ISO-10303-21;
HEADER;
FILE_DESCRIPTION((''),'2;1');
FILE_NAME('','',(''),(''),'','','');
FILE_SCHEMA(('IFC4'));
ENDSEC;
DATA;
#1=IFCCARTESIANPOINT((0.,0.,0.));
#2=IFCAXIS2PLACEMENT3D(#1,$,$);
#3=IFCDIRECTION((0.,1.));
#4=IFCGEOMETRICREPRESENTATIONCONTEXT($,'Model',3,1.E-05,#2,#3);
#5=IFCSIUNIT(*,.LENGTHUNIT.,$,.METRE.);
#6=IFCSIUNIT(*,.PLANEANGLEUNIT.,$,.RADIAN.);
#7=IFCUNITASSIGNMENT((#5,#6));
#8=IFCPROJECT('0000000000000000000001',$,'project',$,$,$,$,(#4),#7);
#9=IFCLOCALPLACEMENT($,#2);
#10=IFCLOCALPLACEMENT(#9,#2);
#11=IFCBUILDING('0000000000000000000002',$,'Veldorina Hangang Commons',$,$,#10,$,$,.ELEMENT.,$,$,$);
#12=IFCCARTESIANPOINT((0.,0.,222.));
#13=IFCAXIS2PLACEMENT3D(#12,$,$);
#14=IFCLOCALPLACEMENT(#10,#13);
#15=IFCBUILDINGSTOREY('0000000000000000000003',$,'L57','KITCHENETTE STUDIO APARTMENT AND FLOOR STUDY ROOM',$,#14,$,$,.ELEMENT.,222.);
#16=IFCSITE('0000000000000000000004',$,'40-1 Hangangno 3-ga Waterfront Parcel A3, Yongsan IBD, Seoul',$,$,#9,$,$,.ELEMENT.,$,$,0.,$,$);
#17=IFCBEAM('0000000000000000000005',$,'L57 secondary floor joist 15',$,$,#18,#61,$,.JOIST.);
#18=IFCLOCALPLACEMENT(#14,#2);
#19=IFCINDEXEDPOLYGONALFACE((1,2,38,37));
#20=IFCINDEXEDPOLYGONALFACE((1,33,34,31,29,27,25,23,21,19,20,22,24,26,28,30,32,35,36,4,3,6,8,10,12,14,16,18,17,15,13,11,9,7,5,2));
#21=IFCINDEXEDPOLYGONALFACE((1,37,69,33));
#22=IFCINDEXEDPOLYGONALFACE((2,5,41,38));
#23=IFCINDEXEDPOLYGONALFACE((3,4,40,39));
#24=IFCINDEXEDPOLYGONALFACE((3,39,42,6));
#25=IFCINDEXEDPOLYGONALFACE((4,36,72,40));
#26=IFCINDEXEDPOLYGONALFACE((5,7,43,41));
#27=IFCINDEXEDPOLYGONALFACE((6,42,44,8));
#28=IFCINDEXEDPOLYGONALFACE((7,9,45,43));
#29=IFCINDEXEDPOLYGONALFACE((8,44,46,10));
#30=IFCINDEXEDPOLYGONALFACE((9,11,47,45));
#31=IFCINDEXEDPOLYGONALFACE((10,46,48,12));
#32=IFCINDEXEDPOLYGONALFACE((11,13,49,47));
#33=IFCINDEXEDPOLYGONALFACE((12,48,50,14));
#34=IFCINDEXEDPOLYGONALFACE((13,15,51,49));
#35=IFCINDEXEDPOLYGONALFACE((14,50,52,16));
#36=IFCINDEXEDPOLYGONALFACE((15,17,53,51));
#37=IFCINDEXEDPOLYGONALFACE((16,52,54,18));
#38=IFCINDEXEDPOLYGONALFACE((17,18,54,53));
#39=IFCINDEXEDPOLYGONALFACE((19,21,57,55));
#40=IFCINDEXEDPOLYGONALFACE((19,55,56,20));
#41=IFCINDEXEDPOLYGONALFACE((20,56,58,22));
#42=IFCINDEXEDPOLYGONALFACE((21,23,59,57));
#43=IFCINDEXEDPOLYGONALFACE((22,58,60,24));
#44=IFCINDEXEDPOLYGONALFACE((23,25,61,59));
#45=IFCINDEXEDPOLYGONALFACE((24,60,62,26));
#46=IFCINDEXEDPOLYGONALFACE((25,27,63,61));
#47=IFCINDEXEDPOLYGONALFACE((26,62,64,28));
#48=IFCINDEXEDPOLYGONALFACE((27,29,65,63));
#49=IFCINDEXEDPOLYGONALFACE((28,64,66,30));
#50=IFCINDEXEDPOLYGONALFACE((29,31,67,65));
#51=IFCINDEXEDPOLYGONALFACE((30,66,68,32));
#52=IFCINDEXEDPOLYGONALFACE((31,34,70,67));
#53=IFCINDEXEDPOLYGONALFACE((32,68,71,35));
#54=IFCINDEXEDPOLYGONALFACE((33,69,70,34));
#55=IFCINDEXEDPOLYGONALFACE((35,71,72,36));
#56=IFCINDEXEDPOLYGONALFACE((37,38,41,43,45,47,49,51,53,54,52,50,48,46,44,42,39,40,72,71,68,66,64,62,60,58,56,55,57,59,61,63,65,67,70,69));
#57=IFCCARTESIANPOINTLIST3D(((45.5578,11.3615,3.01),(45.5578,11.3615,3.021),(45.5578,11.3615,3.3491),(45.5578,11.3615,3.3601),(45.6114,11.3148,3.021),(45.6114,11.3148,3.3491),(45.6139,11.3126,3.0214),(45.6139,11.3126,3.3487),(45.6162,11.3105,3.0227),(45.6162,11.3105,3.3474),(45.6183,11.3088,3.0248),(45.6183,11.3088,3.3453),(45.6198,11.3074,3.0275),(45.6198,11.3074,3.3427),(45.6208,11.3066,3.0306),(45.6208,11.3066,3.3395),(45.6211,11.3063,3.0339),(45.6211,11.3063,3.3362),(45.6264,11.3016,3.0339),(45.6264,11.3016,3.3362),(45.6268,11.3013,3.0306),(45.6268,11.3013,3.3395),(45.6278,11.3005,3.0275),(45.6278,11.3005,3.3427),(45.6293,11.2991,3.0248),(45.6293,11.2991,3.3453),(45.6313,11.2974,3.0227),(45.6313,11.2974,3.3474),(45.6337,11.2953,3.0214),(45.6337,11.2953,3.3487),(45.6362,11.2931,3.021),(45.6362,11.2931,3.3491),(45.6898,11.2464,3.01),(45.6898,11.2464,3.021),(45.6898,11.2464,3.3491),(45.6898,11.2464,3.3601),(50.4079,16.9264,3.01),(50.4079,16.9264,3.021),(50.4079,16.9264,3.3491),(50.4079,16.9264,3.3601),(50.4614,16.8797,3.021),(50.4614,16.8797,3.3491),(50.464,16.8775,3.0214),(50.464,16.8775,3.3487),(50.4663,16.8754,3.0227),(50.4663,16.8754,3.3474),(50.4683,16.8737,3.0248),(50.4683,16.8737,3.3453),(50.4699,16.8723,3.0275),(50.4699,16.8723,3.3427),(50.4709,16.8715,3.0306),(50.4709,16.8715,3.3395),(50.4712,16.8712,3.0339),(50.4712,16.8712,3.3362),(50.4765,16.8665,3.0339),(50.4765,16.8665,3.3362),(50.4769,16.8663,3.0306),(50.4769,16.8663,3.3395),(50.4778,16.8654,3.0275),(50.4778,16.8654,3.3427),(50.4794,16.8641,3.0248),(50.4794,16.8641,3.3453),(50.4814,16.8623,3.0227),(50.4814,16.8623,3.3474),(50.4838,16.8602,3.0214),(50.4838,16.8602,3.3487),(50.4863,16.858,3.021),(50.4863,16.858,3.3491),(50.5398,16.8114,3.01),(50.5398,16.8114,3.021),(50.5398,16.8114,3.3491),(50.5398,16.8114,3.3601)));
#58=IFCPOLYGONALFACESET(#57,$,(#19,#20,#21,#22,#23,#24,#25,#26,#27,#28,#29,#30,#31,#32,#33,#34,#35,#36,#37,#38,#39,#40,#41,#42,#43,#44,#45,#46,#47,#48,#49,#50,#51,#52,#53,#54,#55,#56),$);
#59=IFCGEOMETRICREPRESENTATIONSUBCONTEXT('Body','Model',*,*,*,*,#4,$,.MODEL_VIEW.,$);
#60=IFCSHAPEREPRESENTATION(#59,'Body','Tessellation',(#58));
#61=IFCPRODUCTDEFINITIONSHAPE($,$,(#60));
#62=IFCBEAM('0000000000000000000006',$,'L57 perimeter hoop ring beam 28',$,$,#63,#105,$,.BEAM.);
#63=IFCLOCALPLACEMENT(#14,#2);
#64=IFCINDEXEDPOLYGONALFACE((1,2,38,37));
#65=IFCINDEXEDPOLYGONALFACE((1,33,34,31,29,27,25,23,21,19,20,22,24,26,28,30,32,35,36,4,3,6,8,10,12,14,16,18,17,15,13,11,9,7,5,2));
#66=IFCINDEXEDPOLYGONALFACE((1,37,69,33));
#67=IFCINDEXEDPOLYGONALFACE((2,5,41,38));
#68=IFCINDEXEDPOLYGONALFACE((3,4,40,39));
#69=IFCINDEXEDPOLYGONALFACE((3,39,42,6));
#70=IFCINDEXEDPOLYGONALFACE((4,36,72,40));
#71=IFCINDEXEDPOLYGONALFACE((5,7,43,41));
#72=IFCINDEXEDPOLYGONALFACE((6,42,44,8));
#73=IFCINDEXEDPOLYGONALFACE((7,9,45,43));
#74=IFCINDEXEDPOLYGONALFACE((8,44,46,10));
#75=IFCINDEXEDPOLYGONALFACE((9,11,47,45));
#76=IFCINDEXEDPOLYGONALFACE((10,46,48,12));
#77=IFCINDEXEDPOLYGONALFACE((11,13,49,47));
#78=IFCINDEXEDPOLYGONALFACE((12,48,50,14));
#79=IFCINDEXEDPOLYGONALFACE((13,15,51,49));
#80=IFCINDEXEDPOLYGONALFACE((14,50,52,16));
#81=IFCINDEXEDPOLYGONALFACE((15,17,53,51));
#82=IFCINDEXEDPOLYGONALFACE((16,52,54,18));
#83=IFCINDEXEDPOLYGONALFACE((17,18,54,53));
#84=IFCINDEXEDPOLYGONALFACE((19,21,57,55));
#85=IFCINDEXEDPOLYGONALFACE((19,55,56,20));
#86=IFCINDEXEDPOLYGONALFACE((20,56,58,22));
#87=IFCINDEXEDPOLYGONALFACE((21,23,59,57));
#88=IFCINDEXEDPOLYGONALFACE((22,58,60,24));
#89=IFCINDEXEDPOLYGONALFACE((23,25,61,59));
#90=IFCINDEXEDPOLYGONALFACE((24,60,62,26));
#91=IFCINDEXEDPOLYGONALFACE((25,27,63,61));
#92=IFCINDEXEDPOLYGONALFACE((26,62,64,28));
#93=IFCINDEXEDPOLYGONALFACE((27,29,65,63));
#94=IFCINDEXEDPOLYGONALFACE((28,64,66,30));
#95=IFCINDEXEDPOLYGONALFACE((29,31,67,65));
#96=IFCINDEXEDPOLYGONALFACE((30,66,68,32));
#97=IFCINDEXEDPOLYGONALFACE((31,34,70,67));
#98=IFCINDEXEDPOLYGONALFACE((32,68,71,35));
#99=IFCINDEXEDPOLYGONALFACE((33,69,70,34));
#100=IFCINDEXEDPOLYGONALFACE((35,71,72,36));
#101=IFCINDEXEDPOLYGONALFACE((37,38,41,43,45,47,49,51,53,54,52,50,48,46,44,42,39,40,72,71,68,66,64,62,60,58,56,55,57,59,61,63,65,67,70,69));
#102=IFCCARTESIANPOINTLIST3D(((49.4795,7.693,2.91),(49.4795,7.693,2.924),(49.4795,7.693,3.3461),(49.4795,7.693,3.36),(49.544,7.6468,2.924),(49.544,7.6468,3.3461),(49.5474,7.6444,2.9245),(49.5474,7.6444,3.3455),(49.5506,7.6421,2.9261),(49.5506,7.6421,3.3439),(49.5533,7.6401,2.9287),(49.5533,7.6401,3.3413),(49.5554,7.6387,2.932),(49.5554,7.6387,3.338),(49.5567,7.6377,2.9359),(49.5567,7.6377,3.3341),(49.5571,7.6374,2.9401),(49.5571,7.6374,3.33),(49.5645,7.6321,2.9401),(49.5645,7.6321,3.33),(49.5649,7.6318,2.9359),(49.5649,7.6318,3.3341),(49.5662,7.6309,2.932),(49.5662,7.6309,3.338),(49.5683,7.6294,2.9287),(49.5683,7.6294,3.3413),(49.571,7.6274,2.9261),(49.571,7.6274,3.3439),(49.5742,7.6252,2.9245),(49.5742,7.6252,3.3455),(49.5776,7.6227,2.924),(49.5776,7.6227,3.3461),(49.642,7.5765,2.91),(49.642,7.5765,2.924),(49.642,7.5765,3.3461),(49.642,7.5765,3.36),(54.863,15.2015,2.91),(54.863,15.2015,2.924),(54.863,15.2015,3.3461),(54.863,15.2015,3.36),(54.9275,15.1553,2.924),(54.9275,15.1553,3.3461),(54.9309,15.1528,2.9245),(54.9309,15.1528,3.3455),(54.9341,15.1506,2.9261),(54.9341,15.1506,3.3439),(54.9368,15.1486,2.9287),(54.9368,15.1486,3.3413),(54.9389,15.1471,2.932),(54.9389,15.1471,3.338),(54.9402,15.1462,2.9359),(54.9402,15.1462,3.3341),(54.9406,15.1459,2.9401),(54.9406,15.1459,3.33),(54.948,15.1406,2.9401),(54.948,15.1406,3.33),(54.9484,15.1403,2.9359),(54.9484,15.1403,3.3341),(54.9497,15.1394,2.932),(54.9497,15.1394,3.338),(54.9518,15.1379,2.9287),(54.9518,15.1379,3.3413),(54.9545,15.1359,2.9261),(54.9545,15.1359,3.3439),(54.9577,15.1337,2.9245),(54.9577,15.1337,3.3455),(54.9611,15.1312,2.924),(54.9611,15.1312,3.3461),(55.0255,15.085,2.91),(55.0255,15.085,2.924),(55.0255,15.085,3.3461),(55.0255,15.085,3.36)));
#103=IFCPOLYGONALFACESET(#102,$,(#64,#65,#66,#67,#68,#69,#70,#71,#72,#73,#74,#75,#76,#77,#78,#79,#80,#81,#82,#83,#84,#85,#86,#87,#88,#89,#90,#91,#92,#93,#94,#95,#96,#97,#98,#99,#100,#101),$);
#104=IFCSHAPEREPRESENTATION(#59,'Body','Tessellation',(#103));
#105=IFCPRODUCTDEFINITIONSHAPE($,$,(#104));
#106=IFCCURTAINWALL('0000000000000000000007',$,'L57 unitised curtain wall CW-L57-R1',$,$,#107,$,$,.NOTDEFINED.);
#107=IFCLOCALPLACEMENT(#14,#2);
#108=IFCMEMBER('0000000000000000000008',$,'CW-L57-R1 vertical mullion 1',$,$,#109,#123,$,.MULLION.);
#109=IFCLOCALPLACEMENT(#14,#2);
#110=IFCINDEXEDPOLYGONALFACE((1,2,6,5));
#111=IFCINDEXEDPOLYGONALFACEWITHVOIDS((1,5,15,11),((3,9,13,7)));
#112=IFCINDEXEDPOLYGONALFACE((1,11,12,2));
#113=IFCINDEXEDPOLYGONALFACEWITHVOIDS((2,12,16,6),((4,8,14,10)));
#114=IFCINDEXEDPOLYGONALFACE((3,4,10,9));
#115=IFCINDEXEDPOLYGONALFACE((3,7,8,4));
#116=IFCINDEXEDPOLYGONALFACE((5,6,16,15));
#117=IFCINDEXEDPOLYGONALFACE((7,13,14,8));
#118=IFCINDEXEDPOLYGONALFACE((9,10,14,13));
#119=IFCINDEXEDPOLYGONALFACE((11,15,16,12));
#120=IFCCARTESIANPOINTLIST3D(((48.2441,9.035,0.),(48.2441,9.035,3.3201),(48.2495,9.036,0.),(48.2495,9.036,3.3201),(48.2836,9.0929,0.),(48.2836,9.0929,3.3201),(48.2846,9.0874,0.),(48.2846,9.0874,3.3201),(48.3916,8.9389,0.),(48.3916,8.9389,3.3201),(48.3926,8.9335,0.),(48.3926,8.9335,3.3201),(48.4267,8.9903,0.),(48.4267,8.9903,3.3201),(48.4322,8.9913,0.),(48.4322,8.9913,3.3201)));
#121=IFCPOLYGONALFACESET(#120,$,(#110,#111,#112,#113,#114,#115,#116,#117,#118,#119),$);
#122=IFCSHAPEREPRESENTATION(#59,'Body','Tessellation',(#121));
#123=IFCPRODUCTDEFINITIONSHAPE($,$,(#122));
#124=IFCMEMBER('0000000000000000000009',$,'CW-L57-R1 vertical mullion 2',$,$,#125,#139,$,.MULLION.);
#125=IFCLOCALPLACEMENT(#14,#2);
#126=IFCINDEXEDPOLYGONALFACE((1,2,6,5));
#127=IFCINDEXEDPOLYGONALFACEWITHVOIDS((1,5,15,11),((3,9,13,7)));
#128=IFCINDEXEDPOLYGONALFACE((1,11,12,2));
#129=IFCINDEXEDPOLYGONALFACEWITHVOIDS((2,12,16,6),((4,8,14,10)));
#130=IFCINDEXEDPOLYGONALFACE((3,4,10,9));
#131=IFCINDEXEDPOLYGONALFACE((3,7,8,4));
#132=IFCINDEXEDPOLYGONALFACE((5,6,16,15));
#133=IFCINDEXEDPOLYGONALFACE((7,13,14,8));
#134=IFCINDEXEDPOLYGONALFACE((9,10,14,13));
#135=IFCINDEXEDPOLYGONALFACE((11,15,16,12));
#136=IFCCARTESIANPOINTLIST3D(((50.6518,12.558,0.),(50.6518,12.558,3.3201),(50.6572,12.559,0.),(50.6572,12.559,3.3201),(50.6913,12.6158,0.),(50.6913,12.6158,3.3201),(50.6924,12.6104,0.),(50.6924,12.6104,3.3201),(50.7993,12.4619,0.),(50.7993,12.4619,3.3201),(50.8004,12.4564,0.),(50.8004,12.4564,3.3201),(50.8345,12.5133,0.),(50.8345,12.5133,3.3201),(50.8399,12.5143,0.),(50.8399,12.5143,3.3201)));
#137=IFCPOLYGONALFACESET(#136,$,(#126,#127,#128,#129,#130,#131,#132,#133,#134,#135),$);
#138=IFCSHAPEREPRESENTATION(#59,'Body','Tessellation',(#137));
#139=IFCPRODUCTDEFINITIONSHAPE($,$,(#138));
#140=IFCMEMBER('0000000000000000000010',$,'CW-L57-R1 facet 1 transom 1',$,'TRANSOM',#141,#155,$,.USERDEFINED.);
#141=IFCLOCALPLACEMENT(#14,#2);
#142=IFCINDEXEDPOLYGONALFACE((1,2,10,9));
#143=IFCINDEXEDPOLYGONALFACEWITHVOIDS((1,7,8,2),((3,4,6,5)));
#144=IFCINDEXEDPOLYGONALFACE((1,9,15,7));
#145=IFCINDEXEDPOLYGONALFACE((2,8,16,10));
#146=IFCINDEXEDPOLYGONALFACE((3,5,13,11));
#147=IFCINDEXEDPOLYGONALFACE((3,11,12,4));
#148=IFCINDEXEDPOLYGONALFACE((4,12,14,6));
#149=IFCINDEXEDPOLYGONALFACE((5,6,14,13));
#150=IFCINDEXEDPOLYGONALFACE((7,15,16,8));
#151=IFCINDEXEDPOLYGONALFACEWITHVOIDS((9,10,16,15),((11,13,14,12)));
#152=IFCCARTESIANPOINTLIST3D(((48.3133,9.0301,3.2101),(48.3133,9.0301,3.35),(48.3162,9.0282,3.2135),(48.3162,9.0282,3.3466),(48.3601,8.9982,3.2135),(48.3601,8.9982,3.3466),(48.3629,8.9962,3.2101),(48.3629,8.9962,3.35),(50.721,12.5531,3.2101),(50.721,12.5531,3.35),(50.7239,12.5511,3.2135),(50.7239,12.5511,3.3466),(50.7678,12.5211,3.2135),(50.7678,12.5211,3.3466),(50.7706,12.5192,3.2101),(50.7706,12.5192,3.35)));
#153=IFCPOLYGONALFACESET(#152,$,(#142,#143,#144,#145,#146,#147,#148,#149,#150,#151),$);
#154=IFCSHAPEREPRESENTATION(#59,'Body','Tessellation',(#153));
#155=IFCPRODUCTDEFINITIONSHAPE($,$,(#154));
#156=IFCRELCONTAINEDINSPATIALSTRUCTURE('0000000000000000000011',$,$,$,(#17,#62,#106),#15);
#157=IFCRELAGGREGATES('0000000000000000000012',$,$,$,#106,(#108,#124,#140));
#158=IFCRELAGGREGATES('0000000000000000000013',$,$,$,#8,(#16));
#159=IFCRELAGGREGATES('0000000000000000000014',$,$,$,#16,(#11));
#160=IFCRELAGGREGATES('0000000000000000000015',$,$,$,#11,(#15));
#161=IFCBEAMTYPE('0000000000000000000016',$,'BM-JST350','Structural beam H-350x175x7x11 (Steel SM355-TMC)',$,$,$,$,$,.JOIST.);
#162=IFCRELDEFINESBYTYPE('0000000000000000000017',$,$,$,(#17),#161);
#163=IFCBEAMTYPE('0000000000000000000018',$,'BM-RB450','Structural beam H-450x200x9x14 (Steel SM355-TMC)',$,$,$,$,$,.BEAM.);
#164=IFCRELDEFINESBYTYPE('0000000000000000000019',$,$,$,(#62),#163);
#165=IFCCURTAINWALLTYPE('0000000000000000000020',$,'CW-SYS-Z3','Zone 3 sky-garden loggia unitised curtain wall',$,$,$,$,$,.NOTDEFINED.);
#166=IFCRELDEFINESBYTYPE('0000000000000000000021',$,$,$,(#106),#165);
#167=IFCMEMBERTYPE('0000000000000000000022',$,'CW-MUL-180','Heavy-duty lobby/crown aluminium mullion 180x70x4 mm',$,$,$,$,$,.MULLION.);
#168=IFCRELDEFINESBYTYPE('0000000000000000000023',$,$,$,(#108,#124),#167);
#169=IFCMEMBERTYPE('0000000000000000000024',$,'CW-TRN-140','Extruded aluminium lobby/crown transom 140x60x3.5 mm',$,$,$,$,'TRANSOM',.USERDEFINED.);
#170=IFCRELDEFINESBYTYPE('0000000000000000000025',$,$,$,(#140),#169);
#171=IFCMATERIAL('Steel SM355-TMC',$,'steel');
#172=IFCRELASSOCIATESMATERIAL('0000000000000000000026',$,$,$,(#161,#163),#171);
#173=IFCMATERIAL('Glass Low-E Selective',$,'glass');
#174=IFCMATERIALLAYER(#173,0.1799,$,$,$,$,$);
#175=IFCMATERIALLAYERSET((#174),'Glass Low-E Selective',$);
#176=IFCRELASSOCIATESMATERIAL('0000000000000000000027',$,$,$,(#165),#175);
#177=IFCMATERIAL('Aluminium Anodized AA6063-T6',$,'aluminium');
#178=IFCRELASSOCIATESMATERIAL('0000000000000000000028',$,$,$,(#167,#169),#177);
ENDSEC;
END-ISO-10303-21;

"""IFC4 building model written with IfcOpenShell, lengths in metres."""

from ifc_helpers import new_model, si_unit, direction, frame, origin, origin_2d, place, context, subcontext, project, spatial, hollow_rectangle, i_section, extrude, material, layer, layer_set, material_profile, profile_set, type_object, element, aggregate, save


model = new_model("IFC4")

# Units and contexts
model_context = context("Model", 3, precision=1e-05, world=origin(), true_north=direction((0.0, 1.0)))
body_context = subcontext(model_context, "Body", "Model", "MODEL_VIEW")
ifc_project = project(units=[si_unit("LENGTHUNIT", "METRE"), si_unit("PLANEANGLEUNIT", "RADIAN")], contexts=[model_context])

# Site, building, storey
site_placement = place(None, origin())
site = spatial("IfcSite", under=ifc_project, at=site_placement, Name="40-1 Hangangno 3-ga Waterfront Parcel A3, Yongsan IBD, Seoul", CompositionType="ELEMENT", RefElevation=0.0)
building_placement = place(site_placement, origin())
building = spatial("IfcBuilding", under=site, at=building_placement, Name="Veldorina Hangang Commons", CompositionType="ELEMENT")
storey_placement = place(building_placement, frame((0.0, 0.0, 222.0)))
storey = spatial("IfcBuildingStorey", under=building, at=storey_placement, Name="L57", Description="KITCHENETTE STUDIO APARTMENT AND FLOOR STUDY ROOM", CompositionType="ELEMENT", Elevation=222.0)

# Beams
ifc_material_1 = material(Name="Steel SM355-TMC", Category="steel")
ifc_material_profile_1 = material_profile(ifc_material_1, i_section(OverallWidth=0.175, OverallDepth=0.3501, WebThickness=0.0071, FlangeThickness=0.011, FilletRadius=0.0129, at=origin_2d()), Name="H-350x175x7x11")
ifc_profile_set_1 = profile_set([ifc_material_profile_1], Name="Steel SM355-TMC")
beam_type_1 = type_object("IfcBeamType", Name="BM-JST350", Description="Structural beam H-350x175x7x11 (Steel SM355-TMC)", PredefinedType="JOIST", material=ifc_profile_set_1)
beam_1_placement = place(storey_placement, frame((45.6238, 11.304, 3.1851), z_axis=(0.657028, 0.753866, 0.0), x_axis=(-0.753866, 0.657028, 0.0)))
element("IfcBeam", 1, at=beam_1_placement, inside=storey, type_object=beam_type_1, Name="L57 secondary floor joist 15", PredefinedType="JOIST", context=body_context, shape_type="SweptSolid", body=[
    extrude(i_section(OverallWidth=0.175, OverallDepth=0.3501, WebThickness=0.0071, FlangeThickness=0.011, FilletRadius=0.0129, at=origin_2d()), origin(), (0.0, 0.0, 1.0), 7.3818),
])
ifc_material_profile_2 = material_profile(ifc_material_1, i_section(OverallWidth=0.2, OverallDepth=0.45, WebThickness=0.009, FlangeThickness=0.0139, FilletRadius=0.0161, at=origin_2d()), Name="H-450x200x9x14")
ifc_profile_set_2 = profile_set([ifc_material_profile_2], Name="Steel SM355-TMC")
beam_type_2 = type_object("IfcBeamType", Name="BM-RB450", Description="Structural beam H-450x200x9x14 (Steel SM355-TMC)", PredefinedType="BEAM", material=ifc_profile_set_2)
beam_2_placement = place(storey_placement, frame((49.5608, 7.6348, 3.135), z_axis=(0.582692, 0.812693, 0.0), x_axis=(-0.812693, 0.582692, 0.0)))
element("IfcBeam", 2, at=beam_2_placement, inside=storey, type_object=beam_type_2, Name="L57 perimeter hoop ring beam 28", PredefinedType="BEAM", context=body_context, shape_type="SweptSolid", body=[
    extrude(i_section(OverallWidth=0.2, OverallDepth=0.45, WebThickness=0.009, FlangeThickness=0.0139, FilletRadius=0.0161, at=origin_2d()), origin(), (0.0, 0.0, 1.0), 9.239),
])

# Curtain wall, members
ifc_material_2 = material(Name="Glass Low-E Selective", Category="glass")
ifc_layer_1 = layer(ifc_material_2, 0.1799)
ifc_layer_set_1 = layer_set([ifc_layer_1], Name="Glass Low-E Selective")
curtain_wall_type = type_object("IfcCurtainWallType", Name="CW-SYS-Z3", Description="Zone 3 sky-garden loggia unitised curtain wall", PredefinedType="NOTDEFINED", material=ifc_layer_set_1)
curtain_wall_placement = place(storey_placement, origin())
curtain_wall = element("IfcCurtainWall", 3, at=curtain_wall_placement, inside=storey, type_object=curtain_wall_type, Name="L57 unitised curtain wall CW-L57-R1", PredefinedType="NOTDEFINED")
ifc_material_3 = material(Name="Aluminium Anodized AA6063-T6", Category="aluminium")
ifc_material_profile_3 = material_profile(ifc_material_3, hollow_rectangle(XDim=0.0701, YDim=0.1799, WallThickness=0.0039, at=origin_2d()), Name="ALU-RHS-180x70x4")
ifc_profile_set_3 = profile_set([ifc_material_profile_3], Name="Aluminium Anodized AA6063-T6")
member_type_1 = type_object("IfcMemberType", Name="CW-MUL-180", Description="Heavy-duty lobby/crown aluminium mullion 180x70x4 mm", PredefinedType="MULLION", material=ifc_profile_set_3)
member_1_placement = place(storey_placement, frame((48.3381, 9.0132, 0.0), z_axis=(0.0, 0.0, 1.0), x_axis=(0.564261, 0.825596, 0.0)))
member_1 = element("IfcMember", 4, at=member_1_placement, type_object=member_type_1, Name="CW-L57-R1 vertical mullion 1", PredefinedType="MULLION", context=body_context, shape_type="SweptSolid", body=[
    extrude(hollow_rectangle(XDim=0.0701, YDim=0.1799, WallThickness=0.0039, at=origin_2d()), origin(), (0.0, 0.0, 1.0), 3.3201),
])
member_2_placement = place(storey_placement, frame((50.7458, 12.5361, 0.0), z_axis=(0.0, 0.0, 1.0), x_axis=(-0.564261, -0.825596, 0.0)))
member_2 = element("IfcMember", 5, at=member_2_placement, type_object=member_type_1, Name="CW-L57-R1 vertical mullion 2", PredefinedType="MULLION", context=body_context, shape_type="SweptSolid", body=[
    extrude(hollow_rectangle(XDim=0.0701, YDim=0.1799, WallThickness=0.0039, at=origin_2d()), origin(), (0.0, 0.0, 1.0), 3.3201),
])
ifc_material_profile_4 = material_profile(ifc_material_3, hollow_rectangle(XDim=0.0601, YDim=0.1399, WallThickness=0.0034, at=origin_2d()), Name="ALU-RHS-140x60x3.5")
ifc_profile_set_4 = profile_set([ifc_material_profile_4], Name="Aluminium Anodized AA6063-T6")
member_type_2 = type_object("IfcMemberType", Name="CW-TRN-140", Description="Extruded aluminium lobby/crown transom 140x60x3.5 mm", ElementType="TRANSOM", PredefinedType="USERDEFINED", material=ifc_profile_set_4)
member_3_placement = place(storey_placement, frame((48.3381, 9.0132, 3.28), z_axis=(0.564249, 0.825605, 0.0), x_axis=(-0.825605, 0.564249, 0.0)))
member_3 = element("IfcMember", 6, at=member_3_placement, type_object=member_type_2, Name="CW-L57-R1 facet 1 transom 1", ObjectType="TRANSOM", PredefinedType="USERDEFINED", context=body_context, shape_type="SweptSolid", body=[
    extrude(hollow_rectangle(XDim=0.0601, YDim=0.1399, WallThickness=0.0034, at=origin_2d()), origin(), (0.0, 0.0, 1.0), 4.2671),
])

aggregate(curtain_wall, [member_1, member_2, member_3])

save(model, "model.ifc")
